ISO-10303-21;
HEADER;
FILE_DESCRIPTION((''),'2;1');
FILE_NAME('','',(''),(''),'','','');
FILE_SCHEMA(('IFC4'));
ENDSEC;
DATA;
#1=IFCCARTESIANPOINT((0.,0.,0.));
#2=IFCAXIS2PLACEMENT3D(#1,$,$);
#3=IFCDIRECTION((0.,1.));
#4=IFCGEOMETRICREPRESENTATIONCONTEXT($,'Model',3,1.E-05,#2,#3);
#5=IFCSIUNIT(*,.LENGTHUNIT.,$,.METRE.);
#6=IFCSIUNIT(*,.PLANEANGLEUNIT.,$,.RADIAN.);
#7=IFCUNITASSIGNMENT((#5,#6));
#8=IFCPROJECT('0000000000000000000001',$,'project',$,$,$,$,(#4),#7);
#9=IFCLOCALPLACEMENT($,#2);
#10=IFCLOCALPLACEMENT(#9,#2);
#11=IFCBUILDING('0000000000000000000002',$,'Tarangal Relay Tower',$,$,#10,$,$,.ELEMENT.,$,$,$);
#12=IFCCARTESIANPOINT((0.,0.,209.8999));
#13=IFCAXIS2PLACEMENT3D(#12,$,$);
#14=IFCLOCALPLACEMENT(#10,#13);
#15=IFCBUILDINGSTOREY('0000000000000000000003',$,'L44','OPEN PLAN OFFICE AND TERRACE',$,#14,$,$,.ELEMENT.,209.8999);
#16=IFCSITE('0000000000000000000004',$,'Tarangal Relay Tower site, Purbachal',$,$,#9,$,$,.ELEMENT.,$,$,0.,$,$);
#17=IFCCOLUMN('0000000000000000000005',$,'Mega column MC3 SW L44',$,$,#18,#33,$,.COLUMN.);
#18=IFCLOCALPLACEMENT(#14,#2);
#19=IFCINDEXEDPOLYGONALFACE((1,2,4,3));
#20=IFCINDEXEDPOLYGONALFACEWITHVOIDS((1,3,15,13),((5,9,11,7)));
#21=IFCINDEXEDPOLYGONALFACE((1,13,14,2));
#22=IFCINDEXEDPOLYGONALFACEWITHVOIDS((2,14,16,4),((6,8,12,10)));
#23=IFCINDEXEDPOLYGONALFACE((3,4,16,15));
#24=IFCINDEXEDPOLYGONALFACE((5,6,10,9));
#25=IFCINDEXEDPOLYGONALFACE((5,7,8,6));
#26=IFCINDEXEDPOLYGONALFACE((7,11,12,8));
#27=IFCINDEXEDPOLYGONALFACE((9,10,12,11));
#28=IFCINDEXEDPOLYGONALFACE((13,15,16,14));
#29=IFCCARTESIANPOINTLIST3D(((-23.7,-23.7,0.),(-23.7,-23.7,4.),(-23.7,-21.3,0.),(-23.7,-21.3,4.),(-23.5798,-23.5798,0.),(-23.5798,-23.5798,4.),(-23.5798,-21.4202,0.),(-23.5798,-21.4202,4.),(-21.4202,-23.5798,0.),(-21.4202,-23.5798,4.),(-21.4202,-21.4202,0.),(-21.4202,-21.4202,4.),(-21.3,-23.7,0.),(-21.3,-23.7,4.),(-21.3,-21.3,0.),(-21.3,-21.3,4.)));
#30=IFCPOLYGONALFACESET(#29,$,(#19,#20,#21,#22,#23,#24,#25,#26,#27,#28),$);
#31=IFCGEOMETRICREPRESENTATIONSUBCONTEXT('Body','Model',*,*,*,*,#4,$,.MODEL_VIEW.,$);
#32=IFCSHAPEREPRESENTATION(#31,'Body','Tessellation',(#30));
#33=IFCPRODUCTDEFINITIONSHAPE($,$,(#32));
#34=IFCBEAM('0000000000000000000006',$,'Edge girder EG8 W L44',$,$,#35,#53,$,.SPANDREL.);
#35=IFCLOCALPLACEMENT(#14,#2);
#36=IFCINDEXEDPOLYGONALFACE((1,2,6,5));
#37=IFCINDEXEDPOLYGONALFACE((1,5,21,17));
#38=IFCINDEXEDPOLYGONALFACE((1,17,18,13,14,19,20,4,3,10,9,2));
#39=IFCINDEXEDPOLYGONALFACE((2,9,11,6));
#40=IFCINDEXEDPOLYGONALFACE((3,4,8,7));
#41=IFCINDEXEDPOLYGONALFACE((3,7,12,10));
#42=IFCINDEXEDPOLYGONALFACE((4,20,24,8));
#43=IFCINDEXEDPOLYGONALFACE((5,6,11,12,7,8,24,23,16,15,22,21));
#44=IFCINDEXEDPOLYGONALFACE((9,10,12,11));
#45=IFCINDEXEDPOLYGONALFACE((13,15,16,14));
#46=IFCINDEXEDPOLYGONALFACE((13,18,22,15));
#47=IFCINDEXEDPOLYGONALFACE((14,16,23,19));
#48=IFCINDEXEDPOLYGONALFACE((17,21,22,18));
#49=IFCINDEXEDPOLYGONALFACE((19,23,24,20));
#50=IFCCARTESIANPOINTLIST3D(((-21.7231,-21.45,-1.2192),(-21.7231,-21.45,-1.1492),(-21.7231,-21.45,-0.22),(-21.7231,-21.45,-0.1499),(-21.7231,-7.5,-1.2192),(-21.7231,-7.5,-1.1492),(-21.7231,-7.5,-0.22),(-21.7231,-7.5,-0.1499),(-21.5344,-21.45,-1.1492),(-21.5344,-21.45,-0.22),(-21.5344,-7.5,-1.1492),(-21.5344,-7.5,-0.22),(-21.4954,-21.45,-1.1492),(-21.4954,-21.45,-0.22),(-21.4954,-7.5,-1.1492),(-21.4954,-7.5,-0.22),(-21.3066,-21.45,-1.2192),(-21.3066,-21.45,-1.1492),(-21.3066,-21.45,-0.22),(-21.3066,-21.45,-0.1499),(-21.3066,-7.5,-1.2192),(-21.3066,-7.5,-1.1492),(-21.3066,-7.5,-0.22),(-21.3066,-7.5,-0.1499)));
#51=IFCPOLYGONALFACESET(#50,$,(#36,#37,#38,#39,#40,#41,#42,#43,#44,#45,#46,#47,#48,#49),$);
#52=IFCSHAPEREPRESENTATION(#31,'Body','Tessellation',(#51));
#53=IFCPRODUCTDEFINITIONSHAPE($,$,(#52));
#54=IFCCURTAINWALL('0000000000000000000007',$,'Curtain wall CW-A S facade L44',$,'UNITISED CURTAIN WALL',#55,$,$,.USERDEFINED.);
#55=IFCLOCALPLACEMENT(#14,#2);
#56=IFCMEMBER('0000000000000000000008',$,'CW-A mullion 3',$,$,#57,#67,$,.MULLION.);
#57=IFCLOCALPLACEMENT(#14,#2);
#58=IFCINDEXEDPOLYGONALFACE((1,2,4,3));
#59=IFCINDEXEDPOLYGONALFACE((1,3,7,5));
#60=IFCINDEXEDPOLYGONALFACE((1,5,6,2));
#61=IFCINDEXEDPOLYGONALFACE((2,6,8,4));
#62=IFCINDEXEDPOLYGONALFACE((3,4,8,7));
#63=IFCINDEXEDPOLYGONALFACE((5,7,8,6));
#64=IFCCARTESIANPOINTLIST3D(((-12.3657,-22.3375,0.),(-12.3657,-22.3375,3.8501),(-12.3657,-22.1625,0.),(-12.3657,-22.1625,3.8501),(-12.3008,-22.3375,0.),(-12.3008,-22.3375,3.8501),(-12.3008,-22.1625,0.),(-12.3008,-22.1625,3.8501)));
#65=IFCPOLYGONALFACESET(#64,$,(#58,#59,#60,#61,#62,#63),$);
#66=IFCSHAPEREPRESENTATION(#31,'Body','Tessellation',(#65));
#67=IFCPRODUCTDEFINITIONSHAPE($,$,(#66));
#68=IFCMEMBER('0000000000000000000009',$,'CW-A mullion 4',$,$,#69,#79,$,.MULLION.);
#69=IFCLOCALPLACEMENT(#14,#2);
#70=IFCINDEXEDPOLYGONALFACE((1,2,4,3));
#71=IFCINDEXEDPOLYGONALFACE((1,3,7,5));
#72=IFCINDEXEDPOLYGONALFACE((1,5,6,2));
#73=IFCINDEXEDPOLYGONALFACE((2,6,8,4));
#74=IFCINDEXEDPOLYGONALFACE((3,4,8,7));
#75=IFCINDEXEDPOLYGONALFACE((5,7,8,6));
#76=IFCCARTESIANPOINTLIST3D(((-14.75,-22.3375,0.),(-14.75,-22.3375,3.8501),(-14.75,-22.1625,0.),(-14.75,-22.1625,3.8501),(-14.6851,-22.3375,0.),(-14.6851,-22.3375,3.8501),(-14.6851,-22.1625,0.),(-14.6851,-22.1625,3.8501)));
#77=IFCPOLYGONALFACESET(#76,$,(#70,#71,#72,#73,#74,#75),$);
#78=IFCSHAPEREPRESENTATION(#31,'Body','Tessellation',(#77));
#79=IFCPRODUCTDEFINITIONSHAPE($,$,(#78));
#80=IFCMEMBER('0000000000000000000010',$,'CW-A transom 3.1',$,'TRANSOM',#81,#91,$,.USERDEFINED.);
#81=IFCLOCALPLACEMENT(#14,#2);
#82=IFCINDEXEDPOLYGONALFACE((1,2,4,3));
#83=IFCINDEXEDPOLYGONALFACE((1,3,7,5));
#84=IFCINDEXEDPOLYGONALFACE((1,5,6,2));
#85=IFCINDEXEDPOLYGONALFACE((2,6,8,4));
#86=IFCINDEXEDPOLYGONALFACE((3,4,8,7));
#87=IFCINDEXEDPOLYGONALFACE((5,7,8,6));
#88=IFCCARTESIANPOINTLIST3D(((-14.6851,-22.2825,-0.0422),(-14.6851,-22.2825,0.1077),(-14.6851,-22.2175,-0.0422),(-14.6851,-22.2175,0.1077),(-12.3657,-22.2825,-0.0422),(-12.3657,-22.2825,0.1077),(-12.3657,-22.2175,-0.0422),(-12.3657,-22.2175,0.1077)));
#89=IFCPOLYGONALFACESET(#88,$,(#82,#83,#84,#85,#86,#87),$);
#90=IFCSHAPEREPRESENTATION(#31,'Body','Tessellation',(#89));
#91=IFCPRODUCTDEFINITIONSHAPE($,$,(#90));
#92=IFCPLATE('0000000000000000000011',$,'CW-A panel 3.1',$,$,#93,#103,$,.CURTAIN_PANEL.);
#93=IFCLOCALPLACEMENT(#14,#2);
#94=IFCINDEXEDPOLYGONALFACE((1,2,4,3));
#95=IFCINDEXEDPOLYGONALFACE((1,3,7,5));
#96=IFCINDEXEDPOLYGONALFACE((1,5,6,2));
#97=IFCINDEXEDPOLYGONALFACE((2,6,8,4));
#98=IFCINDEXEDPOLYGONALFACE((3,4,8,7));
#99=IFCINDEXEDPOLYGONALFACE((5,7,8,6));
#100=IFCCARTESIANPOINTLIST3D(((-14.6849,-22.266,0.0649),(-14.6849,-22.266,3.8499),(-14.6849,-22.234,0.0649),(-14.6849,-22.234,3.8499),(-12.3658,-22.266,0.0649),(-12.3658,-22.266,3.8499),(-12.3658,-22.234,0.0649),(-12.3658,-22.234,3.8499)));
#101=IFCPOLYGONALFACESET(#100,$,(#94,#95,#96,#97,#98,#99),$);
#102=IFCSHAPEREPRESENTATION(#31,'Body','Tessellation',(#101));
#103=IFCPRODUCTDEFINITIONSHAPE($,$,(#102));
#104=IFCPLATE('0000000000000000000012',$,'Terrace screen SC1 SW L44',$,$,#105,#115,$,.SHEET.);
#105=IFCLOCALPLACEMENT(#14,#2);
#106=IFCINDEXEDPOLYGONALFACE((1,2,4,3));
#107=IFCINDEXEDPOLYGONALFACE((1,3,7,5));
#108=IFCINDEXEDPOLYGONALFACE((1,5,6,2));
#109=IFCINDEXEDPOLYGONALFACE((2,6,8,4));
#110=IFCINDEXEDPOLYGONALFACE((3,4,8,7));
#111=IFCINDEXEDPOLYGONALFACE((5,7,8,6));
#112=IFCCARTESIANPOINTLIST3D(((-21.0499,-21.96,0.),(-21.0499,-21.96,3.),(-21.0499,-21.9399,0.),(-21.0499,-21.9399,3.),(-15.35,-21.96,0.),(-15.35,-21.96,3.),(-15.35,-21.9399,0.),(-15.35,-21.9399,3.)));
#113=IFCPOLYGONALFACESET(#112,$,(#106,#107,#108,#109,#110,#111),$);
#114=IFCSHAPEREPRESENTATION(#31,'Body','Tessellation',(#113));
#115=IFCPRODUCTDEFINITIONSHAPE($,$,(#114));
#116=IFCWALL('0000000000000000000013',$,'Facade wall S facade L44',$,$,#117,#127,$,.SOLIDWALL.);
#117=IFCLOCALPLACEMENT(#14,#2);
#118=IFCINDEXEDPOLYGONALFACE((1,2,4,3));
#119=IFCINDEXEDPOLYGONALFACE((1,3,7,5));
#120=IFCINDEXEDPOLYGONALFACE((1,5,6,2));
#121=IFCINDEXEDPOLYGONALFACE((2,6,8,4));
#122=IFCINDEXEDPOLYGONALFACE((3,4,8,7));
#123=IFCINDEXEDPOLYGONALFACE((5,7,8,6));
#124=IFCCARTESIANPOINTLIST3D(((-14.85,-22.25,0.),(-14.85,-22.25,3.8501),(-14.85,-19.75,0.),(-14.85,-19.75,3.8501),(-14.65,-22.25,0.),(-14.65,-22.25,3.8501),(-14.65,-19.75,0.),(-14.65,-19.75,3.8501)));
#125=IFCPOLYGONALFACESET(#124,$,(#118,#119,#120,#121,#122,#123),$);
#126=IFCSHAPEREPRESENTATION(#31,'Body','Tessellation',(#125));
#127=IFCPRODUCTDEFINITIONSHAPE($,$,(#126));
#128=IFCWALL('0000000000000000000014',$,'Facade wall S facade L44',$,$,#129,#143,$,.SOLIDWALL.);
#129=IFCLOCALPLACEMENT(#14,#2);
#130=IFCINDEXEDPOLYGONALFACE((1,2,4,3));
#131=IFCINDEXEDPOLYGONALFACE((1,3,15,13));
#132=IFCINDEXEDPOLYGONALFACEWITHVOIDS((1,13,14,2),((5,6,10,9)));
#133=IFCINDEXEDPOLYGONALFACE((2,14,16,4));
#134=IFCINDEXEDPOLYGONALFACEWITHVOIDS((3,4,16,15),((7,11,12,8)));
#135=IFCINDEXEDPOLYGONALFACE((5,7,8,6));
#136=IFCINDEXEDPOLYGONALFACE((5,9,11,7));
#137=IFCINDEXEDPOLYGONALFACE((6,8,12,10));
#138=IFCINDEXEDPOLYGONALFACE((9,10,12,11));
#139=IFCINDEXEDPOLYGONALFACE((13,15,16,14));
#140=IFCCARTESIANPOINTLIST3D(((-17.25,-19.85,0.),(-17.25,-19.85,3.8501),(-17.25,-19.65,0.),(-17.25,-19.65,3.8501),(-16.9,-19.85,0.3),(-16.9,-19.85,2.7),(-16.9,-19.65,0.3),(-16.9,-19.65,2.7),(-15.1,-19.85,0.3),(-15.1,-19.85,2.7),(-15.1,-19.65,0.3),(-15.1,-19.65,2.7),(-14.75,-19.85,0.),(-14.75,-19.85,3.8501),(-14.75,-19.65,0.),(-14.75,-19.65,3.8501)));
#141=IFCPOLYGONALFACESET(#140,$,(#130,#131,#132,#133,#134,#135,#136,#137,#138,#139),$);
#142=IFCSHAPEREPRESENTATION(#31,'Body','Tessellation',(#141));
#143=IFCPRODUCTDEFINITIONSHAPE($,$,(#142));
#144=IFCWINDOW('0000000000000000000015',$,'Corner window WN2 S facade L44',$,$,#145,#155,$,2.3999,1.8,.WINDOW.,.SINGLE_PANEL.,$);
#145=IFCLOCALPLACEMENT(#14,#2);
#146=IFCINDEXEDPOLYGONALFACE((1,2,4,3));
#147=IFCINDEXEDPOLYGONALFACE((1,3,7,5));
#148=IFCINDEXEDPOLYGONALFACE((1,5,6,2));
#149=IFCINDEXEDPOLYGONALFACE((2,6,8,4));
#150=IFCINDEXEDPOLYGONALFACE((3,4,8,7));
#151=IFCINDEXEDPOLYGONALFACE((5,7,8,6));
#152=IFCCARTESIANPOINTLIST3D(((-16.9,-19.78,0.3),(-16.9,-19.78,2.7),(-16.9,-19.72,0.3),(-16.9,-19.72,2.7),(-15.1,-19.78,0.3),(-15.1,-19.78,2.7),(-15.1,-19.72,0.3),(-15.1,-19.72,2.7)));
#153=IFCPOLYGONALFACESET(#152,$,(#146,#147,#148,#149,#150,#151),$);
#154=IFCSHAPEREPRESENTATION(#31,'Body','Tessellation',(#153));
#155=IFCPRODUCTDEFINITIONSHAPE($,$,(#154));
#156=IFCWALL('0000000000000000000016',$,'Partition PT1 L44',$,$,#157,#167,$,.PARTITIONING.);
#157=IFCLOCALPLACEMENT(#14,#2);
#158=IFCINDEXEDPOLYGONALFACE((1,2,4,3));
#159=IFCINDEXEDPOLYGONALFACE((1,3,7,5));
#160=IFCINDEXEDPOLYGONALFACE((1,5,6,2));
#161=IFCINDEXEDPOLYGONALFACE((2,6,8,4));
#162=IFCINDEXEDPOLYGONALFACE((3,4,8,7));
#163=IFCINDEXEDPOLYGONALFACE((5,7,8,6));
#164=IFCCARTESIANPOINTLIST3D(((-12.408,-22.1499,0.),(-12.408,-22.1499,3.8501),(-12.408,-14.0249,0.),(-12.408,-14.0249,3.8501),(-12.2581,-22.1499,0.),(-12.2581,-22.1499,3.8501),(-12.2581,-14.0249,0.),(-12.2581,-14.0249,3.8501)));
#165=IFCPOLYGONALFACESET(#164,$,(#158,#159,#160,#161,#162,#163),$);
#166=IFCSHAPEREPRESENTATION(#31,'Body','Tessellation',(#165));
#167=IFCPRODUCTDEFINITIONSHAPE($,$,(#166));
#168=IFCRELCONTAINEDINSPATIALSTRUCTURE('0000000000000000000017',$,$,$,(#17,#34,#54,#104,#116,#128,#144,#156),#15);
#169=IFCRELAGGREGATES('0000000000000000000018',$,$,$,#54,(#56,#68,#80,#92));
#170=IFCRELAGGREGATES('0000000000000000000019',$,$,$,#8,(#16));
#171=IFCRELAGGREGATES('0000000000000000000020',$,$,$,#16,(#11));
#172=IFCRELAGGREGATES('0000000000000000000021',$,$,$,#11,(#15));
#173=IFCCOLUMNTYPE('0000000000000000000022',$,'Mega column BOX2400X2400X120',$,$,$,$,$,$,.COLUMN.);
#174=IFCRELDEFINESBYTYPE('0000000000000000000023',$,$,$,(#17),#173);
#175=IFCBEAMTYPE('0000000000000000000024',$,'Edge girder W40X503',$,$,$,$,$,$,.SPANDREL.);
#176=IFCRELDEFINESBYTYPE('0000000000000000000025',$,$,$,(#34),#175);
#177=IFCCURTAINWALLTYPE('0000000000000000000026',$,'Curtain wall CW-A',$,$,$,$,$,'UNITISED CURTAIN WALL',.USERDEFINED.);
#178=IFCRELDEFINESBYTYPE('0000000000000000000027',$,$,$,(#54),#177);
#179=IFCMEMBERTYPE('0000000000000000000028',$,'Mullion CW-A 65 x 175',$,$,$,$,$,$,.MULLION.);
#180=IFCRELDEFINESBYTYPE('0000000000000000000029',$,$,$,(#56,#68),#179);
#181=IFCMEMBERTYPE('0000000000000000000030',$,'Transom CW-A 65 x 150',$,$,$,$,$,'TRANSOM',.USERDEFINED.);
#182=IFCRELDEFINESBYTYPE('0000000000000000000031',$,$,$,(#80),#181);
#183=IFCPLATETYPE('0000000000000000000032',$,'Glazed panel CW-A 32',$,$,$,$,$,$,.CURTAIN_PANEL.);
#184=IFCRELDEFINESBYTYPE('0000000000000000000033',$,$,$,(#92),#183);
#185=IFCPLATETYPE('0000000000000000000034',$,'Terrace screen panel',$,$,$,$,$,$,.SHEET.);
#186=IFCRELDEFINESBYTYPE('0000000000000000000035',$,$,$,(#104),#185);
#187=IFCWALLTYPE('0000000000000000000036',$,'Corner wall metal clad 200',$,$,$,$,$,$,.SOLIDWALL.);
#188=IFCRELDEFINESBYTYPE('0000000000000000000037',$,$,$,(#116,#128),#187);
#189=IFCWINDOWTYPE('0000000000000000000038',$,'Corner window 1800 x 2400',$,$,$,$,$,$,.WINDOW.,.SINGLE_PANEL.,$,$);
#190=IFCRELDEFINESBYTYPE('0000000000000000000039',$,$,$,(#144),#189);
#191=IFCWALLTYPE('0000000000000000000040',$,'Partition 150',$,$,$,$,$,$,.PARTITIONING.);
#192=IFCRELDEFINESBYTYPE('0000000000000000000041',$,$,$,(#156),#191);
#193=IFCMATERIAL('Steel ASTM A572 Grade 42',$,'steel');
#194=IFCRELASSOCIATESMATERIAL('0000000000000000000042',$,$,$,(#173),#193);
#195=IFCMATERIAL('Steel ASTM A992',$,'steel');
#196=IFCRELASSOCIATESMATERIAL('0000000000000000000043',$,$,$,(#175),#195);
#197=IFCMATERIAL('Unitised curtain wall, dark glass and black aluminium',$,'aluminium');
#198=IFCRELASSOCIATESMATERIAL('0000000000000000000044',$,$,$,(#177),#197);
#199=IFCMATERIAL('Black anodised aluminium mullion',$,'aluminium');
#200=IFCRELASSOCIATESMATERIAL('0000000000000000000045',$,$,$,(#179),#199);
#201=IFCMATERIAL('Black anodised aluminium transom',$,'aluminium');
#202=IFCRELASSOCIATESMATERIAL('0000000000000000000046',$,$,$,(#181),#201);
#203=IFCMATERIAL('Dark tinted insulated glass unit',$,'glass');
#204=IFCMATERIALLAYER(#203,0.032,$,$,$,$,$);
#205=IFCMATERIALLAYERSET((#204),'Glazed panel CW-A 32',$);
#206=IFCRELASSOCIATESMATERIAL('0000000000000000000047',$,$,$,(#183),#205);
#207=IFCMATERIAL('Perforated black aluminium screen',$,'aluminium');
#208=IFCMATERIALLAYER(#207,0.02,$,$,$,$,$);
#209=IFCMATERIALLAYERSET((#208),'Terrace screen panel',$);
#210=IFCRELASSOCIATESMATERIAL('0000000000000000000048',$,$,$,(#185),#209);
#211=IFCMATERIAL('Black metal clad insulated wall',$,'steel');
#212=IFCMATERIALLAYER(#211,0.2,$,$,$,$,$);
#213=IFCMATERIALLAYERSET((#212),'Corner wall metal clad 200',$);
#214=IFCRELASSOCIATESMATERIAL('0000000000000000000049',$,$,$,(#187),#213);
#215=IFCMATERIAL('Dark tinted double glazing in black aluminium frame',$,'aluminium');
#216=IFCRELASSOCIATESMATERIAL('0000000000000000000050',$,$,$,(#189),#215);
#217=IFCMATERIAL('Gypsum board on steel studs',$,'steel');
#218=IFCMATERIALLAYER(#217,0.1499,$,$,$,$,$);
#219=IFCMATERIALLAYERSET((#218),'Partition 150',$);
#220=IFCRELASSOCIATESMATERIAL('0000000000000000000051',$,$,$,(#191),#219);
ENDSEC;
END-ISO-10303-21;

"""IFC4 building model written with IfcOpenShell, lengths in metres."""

from ifc_helpers import new_model, si_unit, direction, frame, frame_2d, origin, origin_2d, place, context, subcontext, project, spatial, rectangle, hollow_rectangle, i_section, extrude, material, layer, layer_set, material_profile, profile_set, type_object, element, fill, aggregate, save


model = new_model("IFC4")

# Units and contexts
model_context = context("Model", 3, precision=1e-05, world=origin(), true_north=direction((0.0, 1.0)))
body_context = subcontext(model_context, "Body", "Model", "MODEL_VIEW")
ifc_project = project(units=[si_unit("LENGTHUNIT", "METRE"), si_unit("PLANEANGLEUNIT", "RADIAN")], contexts=[model_context])

# Site, building, storey
site_placement = place(None, origin())
site = spatial("IfcSite", under=ifc_project, at=site_placement, Name="Tarangal Relay Tower site, Purbachal", CompositionType="ELEMENT", RefElevation=0.0)
building_placement = place(site_placement, origin())
building = spatial("IfcBuilding", under=site, at=building_placement, Name="Tarangal Relay Tower", CompositionType="ELEMENT")
storey_placement = place(building_placement, frame((0.0, 0.0, 209.8999)))
storey = spatial("IfcBuildingStorey", under=building, at=storey_placement, Name="L44", Description="OPEN PLAN OFFICE AND TERRACE", CompositionType="ELEMENT", Elevation=209.8999)

# Column
ifc_material_1 = material(Name="Steel ASTM A572 Grade 42", Category="steel")
ifc_material_profile_1 = material_profile(ifc_material_1, hollow_rectangle(XDim=2.3999, YDim=2.3999, WallThickness=0.1201, at=origin_2d()), Name="BOX2400X2400X120")
ifc_profile_set_1 = profile_set([ifc_material_profile_1], Name="Steel ASTM A572 Grade 42")
column_type = type_object("IfcColumnType", Name="Mega column BOX2400X2400X120", PredefinedType="COLUMN", material=ifc_profile_set_1)
column_placement = place(storey_placement, frame((-22.5, -22.5, 0.0), z_axis=(0.0, 0.0, 1.0), x_axis=(1.0, 0.0, 0.0)))
element("IfcColumn", 1, at=column_placement, inside=storey, type_object=column_type, Name="Mega column MC3 SW L44", PredefinedType="COLUMN", context=body_context, shape_type="SweptSolid", body=[
    extrude(hollow_rectangle(XDim=2.3999, YDim=2.3999, WallThickness=0.1201, at=origin_2d()), origin(), (0.0, 0.0, 1.0), 4.0),
])

# Beam
ifc_material_2 = material(Name="Steel ASTM A992", Category="steel")
ifc_material_profile_2 = material_profile(ifc_material_2, i_section(OverallWidth=0.4165, OverallDepth=1.0693, WebThickness=0.0391, FlangeThickness=0.0701, at=origin_2d()), Name="W40X503")
ifc_profile_set_2 = profile_set([ifc_material_profile_2], Name="Steel ASTM A992")
beam_type = type_object("IfcBeamType", Name="Edge girder W40X503", PredefinedType="SPANDREL", material=ifc_profile_set_2)
beam_placement = place(storey_placement, frame((-21.5149, -21.45, -0.6846), z_axis=(0.0, 1.0, 0.0), x_axis=(-1.0, 0.0, 0.0)))
element("IfcBeam", 2, at=beam_placement, inside=storey, type_object=beam_type, Name="Edge girder EG8 W L44", PredefinedType="SPANDREL", context=body_context, shape_type="SweptSolid", body=[
    extrude(i_section(OverallWidth=0.4165, OverallDepth=1.0693, WebThickness=0.0391, FlangeThickness=0.0701, at=origin_2d()), origin(), (0.0, 0.0, 1.0), 13.95),
])

# Curtain wall, members, plate
ifc_material_3 = material(Name="Unitised curtain wall, dark glass and black aluminium", Category="aluminium")
curtain_wall_type = type_object("IfcCurtainWallType", Name="Curtain wall CW-A", ElementType="UNITISED CURTAIN WALL", PredefinedType="USERDEFINED", material=ifc_material_3)
curtain_wall_placement = place(storey_placement, origin())
curtain_wall = element("IfcCurtainWall", 3, at=curtain_wall_placement, inside=storey, type_object=curtain_wall_type, Name="Curtain wall CW-A S facade L44", ObjectType="UNITISED CURTAIN WALL", PredefinedType="USERDEFINED")
ifc_material_4 = material(Name="Black anodised aluminium mullion", Category="aluminium")
ifc_material_profile_3 = material_profile(ifc_material_4, rectangle(XDim=0.175, YDim=0.0649, at=origin_2d()), Name="CW-AM 65X175")
ifc_profile_set_3 = profile_set([ifc_material_profile_3], Name="Black anodised aluminium mullion")
member_type_1 = type_object("IfcMemberType", Name="Mullion CW-A 65 x 175", PredefinedType="MULLION", material=ifc_profile_set_3)
member_1_placement = place(storey_placement, frame((-12.3333, -22.25, 0.0), z_axis=(0.0, 0.0, 1.0), x_axis=(0.0, -1.0, 0.0)))
member_1 = element("IfcMember", 4, at=member_1_placement, type_object=member_type_1, Name="CW-A mullion 3", PredefinedType="MULLION", context=body_context, shape_type="SweptSolid", body=[
    extrude(rectangle(XDim=0.175, YDim=0.0649, at=origin_2d()), origin(), (0.0, 0.0, 1.0), 3.8501),
])
member_2_placement = place(storey_placement, frame((-14.7175, -22.25, 0.0), z_axis=(0.0, 0.0, 1.0), x_axis=(0.0, -1.0, 0.0)))
member_2 = element("IfcMember", 5, at=member_2_placement, type_object=member_type_1, Name="CW-A mullion 4", PredefinedType="MULLION", context=body_context, shape_type="SweptSolid", body=[
    extrude(rectangle(XDim=0.175, YDim=0.0649, at=origin_2d()), origin(), (0.0, 0.0, 1.0), 3.8501),
])
ifc_material_5 = material(Name="Black anodised aluminium transom", Category="aluminium")
ifc_material_profile_4 = material_profile(ifc_material_5, rectangle(XDim=0.0649, YDim=0.1499, at=origin_2d()), Name="CW-AT 65X150")
ifc_profile_set_4 = profile_set([ifc_material_profile_4], Name="Black anodised aluminium transom")
member_type_2 = type_object("IfcMemberType", Name="Transom CW-A 65 x 150", ElementType="TRANSOM", PredefinedType="USERDEFINED", material=ifc_profile_set_4)
member_3_placement = place(storey_placement, frame((-12.3657, -22.25, 0.0327), z_axis=(-1.0, 0.0, 0.0), x_axis=(0.0, -1.0, 0.0)))
member_3 = element("IfcMember", 6, at=member_3_placement, type_object=member_type_2, Name="CW-A transom 3.1", ObjectType="TRANSOM", PredefinedType="USERDEFINED", context=body_context, shape_type="SweptSolid", body=[
    extrude(rectangle(XDim=0.0649, YDim=0.1499, at=origin_2d()), origin(), (0.0, 0.0, 1.0), 2.3193),
])
ifc_material_6 = material(Name="Dark tinted insulated glass unit", Category="glass")
ifc_layer_1 = layer(ifc_material_6, 0.032)
ifc_layer_set_1 = layer_set([ifc_layer_1], Name="Glazed panel CW-A 32")
plate_type_1 = type_object("IfcPlateType", Name="Glazed panel CW-A 32", PredefinedType="CURTAIN_PANEL", material=ifc_layer_set_1)
plate_1_placement = place(storey_placement, frame((-13.5254, -22.25, 0.0649), z_axis=(0.0, 0.0, 1.0), x_axis=(-1.0, 0.0, 0.0)))
plate_1 = element("IfcPlate", 7, at=plate_1_placement, type_object=plate_type_1, Name="CW-A panel 3.1", PredefinedType="CURTAIN_PANEL", context=body_context, shape_type="SweptSolid", body=[
    extrude(rectangle(XDim=2.3191, YDim=0.032, at=origin_2d()), origin(), (0.0, 0.0, 1.0), 3.7849),
])
aggregate(curtain_wall, [member_1, member_2, member_3, plate_1])

# Plate
ifc_material_7 = material(Name="Perforated black aluminium screen", Category="aluminium")
ifc_layer_2 = layer(ifc_material_7, 0.02)
ifc_layer_set_2 = layer_set([ifc_layer_2], Name="Terrace screen panel")
plate_type_2 = type_object("IfcPlateType", Name="Terrace screen panel", PredefinedType="SHEET", material=ifc_layer_set_2)
plate_2_placement = place(storey_placement, frame((-18.2, -21.95, 0.0), z_axis=(0.0, 0.0, 1.0), x_axis=(-1.0, 0.0, 0.0)))
element("IfcPlate", 8, at=plate_2_placement, inside=storey, type_object=plate_type_2, Name="Terrace screen SC1 SW L44", PredefinedType="SHEET", context=body_context, shape_type="SweptSolid", body=[
    extrude(rectangle(XDim=5.7, YDim=0.02, at=origin_2d()), origin(), (0.0, 0.0, 1.0), 3.0),
])

# Wall
ifc_material_8 = material(Name="Black metal clad insulated wall", Category="steel")
ifc_layer_3 = layer(ifc_material_8, 0.2)
ifc_layer_set_3 = layer_set([ifc_layer_3], Name="Corner wall metal clad 200")
wall_type_1 = type_object("IfcWallType", Name="Corner wall metal clad 200", PredefinedType="SOLIDWALL", material=ifc_layer_set_3)
wall_1_placement = place(storey_placement, frame((-14.75, -22.25, 0.0), z_axis=(0.0, 0.0, 1.0), x_axis=(0.0, 1.0, 0.0)))
element("IfcWall", 9, at=wall_1_placement, inside=storey, type_object=wall_type_1, Name="Facade wall S facade L44", PredefinedType="SOLIDWALL", context=body_context, shape_type="SweptSolid", body=[
    extrude(rectangle(XDim=2.5, YDim=0.2, at=frame_2d((1.25, 0.0))), origin(), (0.0, 0.0, 1.0), 3.8501),
])

# Wall, opening, window
wall_2_placement = place(storey_placement, frame((-14.75, -19.75, 0.0), z_axis=(0.0, 0.0, 1.0), x_axis=(-1.0, 0.0, 0.0)))
wall_2 = element("IfcWall", 10, at=wall_2_placement, inside=storey, type_object=wall_type_1, Name="Facade wall S facade L44", PredefinedType="SOLIDWALL", context=body_context, shape_type="SweptSolid", body=[
    extrude(rectangle(XDim=2.5, YDim=0.2, at=frame_2d((1.25, 0.0))), origin(), (0.0, 0.0, 1.0), 3.8501),
])
opening_1_placement = place(wall_2_placement, frame((0.3501, 0.0, 0.3)))
opening_1 = element("IfcOpeningElement", 11, at=opening_1_placement, cuts=wall_2, PredefinedType="OPENING", context=body_context, shape_type="SweptSolid", body=[
    extrude(rectangle(XDim=1.8, YDim=2.3999, at=frame_2d((0.8999, 1.2))), frame((0.0, 0.1099, 0.0), z_axis=(0.0, -1.0, 0.0), x_axis=(1.0, 0.0, 0.0)), (0.0, 0.0, 1.0), 0.22),
])
ifc_material_9 = material(Name="Dark tinted double glazing in black aluminium frame", Category="aluminium")
window_type = type_object("IfcWindowType", Name="Corner window 1800 x 2400", PartitioningType="SINGLE_PANEL", PredefinedType="WINDOW", material=ifc_material_9)
window_placement = place(opening_1_placement, origin())
window = element("IfcWindow", 12, at=window_placement, inside=storey, type_object=window_type, Name="Corner window WN2 S facade L44", OverallHeight=2.3999, OverallWidth=1.8, PartitioningType="SINGLE_PANEL", PredefinedType="WINDOW", context=body_context, shape_type="SweptSolid", body=[
    extrude(rectangle(XDim=1.8, YDim=2.3999, at=frame_2d((0.8999, 1.2))), frame((0.0, 0.03, 0.0), z_axis=(0.0, -1.0, 0.0), x_axis=(1.0, 0.0, 0.0)), (0.0, 0.0, 1.0), 0.0601),
])
fill(opening_1, window)

# Wall
ifc_material_10 = material(Name="Gypsum board on steel studs", Category="steel")
ifc_layer_4 = layer(ifc_material_10, 0.1499)
ifc_layer_set_4 = layer_set([ifc_layer_4], Name="Partition 150")
wall_type_2 = type_object("IfcWallType", Name="Partition 150", PredefinedType="PARTITIONING", material=ifc_layer_set_4)
wall_3_placement = place(storey_placement, frame((-12.333, -22.1499, 0.0), z_axis=(0.0, 0.0, 1.0), x_axis=(0.0, 1.0, 0.0)))
element("IfcWall", 13, at=wall_3_placement, inside=storey, type_object=wall_type_2, Name="Partition PT1 L44", PredefinedType="PARTITIONING", context=body_context, shape_type="SweptSolid", body=[
    extrude(rectangle(XDim=8.125, YDim=0.1499, at=frame_2d((4.0625, 0.0))), origin(), (0.0, 0.0, 1.0), 3.8501),
])

save(model, "model.ifc")
